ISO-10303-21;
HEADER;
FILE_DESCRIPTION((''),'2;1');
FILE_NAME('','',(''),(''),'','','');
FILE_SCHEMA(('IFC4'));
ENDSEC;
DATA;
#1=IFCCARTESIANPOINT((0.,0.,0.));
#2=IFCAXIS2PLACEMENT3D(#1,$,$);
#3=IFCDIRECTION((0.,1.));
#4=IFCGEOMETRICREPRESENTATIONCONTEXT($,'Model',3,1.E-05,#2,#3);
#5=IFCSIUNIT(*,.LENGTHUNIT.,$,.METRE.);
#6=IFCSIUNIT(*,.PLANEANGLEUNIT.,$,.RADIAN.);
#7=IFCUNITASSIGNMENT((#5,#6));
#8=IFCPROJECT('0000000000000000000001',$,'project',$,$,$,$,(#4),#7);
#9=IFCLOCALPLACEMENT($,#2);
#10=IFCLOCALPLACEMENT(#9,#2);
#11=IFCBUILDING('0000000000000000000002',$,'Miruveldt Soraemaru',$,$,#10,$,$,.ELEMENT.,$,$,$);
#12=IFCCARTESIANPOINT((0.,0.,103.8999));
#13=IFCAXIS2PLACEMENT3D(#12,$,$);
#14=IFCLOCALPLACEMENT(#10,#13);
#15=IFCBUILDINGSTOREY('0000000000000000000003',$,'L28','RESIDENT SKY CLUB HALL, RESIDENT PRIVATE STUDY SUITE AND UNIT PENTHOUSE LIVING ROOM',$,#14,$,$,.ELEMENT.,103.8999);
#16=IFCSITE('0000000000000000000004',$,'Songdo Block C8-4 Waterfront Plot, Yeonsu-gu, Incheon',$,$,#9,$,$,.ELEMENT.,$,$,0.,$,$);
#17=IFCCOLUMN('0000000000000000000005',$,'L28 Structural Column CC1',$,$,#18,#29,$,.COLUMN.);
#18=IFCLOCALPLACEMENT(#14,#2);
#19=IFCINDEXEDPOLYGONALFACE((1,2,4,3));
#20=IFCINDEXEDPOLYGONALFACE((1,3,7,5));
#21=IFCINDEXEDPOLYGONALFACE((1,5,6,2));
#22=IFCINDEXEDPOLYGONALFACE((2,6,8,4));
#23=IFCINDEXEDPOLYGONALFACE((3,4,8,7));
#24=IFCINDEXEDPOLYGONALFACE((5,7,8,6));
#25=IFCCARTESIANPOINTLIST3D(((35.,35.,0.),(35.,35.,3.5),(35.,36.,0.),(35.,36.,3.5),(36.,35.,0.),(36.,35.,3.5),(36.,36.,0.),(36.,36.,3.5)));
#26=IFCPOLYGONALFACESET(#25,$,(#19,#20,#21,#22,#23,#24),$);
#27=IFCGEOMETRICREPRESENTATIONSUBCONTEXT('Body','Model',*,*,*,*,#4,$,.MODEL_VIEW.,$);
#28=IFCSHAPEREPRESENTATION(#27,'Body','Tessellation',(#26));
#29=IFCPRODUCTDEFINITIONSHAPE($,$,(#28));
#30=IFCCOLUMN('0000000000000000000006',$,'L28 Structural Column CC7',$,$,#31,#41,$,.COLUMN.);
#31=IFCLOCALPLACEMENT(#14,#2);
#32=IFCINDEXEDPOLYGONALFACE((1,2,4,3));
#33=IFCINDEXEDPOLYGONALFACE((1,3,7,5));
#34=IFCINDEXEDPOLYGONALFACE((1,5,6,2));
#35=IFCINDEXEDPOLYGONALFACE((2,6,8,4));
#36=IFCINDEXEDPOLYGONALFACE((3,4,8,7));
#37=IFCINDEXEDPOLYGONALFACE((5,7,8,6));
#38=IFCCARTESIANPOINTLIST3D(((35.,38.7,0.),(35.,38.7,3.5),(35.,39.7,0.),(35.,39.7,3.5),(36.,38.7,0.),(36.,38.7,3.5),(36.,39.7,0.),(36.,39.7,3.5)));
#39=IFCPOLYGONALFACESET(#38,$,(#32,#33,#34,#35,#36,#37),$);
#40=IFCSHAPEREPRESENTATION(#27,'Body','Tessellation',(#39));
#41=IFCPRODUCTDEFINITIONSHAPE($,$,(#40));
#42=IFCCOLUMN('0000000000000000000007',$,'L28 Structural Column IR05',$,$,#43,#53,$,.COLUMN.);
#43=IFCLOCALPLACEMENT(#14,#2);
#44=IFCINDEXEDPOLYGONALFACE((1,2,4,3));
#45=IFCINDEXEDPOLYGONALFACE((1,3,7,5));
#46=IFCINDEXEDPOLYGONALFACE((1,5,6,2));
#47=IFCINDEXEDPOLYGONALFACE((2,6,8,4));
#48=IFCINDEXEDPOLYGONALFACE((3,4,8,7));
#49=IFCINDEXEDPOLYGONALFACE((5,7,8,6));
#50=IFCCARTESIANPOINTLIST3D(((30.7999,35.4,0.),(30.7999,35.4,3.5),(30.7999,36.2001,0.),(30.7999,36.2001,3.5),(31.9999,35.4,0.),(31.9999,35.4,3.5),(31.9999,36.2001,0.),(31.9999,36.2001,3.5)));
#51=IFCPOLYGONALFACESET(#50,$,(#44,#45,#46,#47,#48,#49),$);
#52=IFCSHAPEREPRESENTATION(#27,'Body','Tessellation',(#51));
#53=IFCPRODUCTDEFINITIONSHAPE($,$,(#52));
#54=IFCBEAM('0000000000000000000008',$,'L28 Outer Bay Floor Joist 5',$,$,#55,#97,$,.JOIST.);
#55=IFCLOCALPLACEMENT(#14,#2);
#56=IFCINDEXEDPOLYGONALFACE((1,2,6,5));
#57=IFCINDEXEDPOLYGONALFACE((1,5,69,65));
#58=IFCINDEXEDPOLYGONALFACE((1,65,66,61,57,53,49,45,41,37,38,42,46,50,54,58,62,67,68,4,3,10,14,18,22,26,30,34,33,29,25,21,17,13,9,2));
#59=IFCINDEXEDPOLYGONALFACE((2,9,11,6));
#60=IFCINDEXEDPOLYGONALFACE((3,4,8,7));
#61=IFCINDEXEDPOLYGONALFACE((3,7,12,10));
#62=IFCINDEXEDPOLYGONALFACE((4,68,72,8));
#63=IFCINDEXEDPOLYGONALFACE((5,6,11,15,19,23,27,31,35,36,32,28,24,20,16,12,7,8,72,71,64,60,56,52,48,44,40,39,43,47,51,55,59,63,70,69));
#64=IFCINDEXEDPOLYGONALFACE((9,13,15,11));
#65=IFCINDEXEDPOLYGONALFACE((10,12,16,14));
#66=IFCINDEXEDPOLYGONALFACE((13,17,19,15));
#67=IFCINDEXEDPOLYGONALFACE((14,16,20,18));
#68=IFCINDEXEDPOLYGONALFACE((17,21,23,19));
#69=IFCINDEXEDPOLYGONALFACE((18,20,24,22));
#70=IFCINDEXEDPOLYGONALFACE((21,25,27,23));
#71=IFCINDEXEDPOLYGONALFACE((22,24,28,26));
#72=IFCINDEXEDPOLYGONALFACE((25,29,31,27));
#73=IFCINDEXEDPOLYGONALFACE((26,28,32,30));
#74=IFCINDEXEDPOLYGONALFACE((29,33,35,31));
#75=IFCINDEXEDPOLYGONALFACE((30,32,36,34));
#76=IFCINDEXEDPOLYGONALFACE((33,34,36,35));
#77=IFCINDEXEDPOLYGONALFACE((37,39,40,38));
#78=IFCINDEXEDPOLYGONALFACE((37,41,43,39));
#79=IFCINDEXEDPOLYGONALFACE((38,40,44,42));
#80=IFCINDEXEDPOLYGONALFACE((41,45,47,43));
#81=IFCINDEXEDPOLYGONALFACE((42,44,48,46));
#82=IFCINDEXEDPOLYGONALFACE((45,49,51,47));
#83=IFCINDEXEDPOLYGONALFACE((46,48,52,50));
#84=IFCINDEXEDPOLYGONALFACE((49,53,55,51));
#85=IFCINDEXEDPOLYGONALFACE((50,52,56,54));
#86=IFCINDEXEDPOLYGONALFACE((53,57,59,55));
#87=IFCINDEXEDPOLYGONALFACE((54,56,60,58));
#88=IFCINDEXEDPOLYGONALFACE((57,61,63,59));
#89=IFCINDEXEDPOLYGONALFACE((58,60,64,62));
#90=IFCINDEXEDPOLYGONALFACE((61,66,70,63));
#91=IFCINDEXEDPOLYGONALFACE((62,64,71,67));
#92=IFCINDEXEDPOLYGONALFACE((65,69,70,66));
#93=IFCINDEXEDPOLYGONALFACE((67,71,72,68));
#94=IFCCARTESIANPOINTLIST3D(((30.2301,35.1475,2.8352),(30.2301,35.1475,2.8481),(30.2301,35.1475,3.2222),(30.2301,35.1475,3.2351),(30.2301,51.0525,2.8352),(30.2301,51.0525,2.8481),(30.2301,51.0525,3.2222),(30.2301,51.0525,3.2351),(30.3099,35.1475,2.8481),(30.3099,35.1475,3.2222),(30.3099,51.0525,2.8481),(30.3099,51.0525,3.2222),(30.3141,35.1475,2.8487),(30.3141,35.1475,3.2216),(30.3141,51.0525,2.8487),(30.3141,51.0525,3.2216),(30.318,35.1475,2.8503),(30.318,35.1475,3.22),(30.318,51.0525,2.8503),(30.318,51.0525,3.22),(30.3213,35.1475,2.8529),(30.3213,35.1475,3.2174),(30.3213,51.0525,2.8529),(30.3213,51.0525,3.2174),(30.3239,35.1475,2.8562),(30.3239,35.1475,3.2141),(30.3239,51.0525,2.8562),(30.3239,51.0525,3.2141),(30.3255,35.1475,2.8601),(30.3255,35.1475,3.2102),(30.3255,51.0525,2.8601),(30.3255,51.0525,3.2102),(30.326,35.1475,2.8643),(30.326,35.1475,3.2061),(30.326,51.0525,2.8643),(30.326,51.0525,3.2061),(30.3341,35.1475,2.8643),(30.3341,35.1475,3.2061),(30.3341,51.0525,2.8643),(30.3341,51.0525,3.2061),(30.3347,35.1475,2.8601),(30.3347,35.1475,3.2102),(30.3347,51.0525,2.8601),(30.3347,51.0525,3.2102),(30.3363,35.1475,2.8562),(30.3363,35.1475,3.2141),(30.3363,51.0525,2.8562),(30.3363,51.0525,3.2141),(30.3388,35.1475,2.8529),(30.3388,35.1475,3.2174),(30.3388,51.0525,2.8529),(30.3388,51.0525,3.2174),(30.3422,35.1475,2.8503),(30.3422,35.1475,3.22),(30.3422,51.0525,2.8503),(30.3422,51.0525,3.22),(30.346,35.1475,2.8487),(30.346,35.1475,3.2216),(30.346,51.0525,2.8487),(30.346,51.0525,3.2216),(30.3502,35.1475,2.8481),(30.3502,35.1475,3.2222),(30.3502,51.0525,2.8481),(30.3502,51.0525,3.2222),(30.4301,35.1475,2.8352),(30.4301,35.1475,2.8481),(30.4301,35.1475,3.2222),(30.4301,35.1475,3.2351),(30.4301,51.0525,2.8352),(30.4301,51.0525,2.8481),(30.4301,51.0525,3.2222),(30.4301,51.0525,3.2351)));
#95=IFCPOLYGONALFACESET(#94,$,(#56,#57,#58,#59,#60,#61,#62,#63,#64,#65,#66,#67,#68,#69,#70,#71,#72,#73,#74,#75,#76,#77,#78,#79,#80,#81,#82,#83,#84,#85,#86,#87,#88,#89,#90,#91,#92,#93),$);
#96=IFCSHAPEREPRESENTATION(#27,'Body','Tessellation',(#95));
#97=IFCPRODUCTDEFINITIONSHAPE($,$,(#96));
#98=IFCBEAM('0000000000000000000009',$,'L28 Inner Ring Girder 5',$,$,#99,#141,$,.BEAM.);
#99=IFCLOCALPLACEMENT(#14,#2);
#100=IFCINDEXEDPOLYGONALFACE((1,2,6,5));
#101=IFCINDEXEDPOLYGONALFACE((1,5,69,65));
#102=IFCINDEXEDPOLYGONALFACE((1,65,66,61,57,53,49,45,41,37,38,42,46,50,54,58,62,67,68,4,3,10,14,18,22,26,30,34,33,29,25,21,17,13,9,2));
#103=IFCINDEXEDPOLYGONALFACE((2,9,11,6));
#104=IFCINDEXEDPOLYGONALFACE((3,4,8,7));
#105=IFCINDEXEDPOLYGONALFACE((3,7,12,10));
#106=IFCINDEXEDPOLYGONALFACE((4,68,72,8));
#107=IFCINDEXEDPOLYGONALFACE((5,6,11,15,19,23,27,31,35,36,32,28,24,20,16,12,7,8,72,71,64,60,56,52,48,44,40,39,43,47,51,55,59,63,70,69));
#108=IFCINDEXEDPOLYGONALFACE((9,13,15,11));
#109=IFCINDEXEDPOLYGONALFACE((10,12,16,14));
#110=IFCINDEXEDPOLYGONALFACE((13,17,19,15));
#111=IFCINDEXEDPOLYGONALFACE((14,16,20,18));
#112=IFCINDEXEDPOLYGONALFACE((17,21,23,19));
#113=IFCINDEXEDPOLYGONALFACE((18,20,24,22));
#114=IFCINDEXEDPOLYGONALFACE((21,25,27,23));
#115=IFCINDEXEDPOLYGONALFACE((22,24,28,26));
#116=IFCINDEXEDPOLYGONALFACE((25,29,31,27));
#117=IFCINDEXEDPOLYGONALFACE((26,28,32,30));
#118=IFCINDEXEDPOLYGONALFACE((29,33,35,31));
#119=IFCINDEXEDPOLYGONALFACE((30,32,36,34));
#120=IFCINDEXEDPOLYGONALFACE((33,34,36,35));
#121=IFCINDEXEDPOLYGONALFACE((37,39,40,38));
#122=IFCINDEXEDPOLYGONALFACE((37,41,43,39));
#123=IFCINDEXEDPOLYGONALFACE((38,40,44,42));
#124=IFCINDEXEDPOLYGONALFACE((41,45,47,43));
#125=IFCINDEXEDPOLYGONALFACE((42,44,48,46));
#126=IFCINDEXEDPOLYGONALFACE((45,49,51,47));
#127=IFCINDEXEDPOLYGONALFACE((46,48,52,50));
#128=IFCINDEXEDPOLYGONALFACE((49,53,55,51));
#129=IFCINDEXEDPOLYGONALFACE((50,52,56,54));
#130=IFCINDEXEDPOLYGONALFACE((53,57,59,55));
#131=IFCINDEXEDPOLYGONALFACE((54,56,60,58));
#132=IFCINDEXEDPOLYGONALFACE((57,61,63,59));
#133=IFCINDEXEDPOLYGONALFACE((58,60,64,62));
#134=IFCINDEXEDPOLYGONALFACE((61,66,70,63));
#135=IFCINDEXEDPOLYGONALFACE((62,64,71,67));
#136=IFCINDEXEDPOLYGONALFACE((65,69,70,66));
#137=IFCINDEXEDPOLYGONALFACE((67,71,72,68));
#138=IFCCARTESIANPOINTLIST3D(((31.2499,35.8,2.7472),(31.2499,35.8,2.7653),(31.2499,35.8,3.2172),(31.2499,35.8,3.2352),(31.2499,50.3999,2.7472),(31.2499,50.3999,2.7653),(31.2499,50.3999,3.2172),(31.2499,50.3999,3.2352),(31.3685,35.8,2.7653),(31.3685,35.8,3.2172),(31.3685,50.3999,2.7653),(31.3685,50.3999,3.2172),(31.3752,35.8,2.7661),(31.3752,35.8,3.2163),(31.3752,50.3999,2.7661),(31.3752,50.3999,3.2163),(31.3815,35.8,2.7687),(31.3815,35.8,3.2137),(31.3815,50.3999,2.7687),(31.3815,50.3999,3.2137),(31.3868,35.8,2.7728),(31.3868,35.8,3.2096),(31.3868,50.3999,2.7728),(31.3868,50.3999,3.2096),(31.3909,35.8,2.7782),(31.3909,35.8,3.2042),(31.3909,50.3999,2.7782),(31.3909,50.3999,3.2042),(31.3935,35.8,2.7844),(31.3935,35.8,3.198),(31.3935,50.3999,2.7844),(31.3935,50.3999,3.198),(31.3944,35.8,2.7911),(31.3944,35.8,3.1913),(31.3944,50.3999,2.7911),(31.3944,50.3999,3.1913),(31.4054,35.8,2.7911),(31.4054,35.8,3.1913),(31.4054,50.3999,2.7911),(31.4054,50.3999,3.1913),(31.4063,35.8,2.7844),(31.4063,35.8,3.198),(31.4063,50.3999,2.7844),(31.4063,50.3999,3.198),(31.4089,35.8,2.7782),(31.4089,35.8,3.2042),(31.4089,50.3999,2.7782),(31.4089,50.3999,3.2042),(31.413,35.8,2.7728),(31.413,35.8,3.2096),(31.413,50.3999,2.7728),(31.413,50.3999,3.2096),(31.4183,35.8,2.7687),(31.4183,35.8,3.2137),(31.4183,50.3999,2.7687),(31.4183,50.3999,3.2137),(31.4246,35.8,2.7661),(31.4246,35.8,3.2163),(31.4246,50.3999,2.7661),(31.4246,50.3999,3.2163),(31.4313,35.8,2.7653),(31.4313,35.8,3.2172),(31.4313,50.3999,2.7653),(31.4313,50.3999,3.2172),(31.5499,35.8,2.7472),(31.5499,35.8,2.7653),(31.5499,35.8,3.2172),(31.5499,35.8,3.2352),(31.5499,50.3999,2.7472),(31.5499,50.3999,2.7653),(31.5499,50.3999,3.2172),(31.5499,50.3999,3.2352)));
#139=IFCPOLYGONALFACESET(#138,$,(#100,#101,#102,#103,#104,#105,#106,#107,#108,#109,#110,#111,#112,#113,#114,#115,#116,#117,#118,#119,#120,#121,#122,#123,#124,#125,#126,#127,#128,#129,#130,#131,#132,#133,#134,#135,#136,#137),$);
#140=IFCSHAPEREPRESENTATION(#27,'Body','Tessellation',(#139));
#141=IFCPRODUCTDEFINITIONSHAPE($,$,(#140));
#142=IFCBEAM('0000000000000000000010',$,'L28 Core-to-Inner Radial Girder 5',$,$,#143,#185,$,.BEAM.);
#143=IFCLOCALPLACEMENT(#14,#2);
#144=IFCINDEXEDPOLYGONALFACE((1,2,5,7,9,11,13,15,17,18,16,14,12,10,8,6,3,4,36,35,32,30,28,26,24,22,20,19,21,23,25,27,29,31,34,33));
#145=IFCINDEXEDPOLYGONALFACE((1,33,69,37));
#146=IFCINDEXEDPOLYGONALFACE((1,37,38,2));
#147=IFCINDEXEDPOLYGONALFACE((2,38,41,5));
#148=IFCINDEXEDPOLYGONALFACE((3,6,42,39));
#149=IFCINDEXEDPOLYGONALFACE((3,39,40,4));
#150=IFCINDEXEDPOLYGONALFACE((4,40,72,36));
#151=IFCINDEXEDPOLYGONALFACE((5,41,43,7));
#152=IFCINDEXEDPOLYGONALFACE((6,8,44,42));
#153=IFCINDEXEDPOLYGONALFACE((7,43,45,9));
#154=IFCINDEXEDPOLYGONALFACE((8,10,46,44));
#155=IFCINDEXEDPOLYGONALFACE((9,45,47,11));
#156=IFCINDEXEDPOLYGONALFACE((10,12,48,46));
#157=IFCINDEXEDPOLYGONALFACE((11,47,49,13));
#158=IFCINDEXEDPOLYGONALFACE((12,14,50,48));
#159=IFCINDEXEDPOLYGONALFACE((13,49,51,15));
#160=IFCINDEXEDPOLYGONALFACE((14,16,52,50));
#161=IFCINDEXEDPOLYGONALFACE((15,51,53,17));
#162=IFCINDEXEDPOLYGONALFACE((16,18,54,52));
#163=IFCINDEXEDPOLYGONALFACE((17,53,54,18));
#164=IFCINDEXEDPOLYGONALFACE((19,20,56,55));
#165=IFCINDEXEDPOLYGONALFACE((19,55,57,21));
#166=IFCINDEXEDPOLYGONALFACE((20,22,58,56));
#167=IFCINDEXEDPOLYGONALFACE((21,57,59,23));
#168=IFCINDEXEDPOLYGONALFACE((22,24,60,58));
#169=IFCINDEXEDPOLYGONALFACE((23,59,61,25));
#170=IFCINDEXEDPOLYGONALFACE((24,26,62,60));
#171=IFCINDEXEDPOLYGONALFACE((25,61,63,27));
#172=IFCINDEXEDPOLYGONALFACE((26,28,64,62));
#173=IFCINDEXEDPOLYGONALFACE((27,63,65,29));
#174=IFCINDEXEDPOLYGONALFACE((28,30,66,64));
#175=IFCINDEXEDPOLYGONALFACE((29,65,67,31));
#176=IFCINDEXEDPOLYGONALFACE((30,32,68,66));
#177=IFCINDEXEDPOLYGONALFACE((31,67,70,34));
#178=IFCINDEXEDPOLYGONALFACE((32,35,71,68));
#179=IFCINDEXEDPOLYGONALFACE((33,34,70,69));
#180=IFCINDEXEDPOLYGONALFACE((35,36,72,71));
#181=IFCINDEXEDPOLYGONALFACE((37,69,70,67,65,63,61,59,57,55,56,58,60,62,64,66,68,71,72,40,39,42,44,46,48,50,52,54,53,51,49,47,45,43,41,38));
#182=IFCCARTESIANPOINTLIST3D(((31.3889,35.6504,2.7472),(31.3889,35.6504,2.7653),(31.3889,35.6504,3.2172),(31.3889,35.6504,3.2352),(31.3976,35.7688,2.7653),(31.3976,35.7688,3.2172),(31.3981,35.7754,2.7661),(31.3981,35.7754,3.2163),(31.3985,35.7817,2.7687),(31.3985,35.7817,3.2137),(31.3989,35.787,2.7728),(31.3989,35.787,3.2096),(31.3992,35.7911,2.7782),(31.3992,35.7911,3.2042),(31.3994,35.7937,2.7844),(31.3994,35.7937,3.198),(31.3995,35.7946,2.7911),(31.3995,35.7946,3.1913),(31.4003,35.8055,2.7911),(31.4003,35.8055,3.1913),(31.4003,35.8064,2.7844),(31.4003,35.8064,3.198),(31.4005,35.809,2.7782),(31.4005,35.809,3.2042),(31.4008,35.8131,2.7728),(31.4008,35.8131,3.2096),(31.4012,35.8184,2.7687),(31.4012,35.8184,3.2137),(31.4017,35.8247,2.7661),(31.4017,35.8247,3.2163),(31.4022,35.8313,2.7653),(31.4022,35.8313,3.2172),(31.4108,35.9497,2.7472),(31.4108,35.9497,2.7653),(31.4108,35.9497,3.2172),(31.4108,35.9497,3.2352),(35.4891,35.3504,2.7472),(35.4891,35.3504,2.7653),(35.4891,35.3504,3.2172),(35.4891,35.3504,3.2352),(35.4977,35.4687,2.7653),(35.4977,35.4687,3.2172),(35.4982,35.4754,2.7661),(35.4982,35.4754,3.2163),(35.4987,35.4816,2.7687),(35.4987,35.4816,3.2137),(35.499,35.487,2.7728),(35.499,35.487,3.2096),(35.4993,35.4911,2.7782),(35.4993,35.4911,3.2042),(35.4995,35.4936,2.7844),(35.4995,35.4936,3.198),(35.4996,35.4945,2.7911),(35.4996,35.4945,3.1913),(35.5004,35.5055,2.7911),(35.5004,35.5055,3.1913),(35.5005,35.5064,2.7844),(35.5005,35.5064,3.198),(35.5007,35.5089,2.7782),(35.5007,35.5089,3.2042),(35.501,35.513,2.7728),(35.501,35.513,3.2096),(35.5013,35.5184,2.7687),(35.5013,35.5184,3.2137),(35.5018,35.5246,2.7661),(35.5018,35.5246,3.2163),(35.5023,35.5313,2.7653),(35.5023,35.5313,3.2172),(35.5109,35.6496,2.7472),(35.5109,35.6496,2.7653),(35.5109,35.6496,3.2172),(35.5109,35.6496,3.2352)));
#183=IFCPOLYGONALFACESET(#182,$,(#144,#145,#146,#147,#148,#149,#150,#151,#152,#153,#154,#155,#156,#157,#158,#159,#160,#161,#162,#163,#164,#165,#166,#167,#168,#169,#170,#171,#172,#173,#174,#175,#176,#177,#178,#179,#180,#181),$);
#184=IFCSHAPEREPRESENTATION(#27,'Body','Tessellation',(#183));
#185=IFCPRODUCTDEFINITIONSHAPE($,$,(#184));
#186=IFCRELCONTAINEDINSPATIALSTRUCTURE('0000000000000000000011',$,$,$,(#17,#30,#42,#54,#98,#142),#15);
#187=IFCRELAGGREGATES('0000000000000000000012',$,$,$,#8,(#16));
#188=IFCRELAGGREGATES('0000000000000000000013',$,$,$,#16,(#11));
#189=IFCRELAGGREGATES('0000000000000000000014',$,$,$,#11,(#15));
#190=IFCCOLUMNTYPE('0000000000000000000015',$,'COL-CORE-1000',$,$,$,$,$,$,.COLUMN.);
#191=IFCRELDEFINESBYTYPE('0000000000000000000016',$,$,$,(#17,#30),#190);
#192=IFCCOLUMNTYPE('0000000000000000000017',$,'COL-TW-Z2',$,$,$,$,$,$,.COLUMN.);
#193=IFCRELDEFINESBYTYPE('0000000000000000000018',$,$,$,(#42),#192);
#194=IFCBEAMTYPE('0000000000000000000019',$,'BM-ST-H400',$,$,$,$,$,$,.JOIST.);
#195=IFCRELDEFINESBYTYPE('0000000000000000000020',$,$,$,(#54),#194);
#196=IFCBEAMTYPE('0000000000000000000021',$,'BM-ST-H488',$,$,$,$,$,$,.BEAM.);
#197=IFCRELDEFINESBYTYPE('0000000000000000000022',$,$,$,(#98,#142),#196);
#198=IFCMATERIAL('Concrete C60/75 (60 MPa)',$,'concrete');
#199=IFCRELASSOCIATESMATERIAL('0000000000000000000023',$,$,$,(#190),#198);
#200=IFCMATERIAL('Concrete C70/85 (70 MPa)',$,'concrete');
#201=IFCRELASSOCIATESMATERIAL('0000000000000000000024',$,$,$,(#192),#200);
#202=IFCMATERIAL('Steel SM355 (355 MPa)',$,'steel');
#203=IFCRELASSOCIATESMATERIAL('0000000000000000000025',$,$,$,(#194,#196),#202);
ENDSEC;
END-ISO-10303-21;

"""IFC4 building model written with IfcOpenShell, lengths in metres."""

from ifc_helpers import new_model, si_unit, direction, frame, origin, origin_2d, place, context, subcontext, project, spatial, rectangle, i_section, extrude, material, material_profile, profile_set, type_object, element, save


model = new_model("IFC4")

# Units and contexts
model_context = context("Model", 3, precision=1e-05, world=origin(), true_north=direction((0.0, 1.0)))
body_context = subcontext(model_context, "Body", "Model", "MODEL_VIEW")
ifc_project = project(units=[si_unit("LENGTHUNIT", "METRE"), si_unit("PLANEANGLEUNIT", "RADIAN")], contexts=[model_context])

# Site, building, storey
site_placement = place(None, origin())
site = spatial("IfcSite", under=ifc_project, at=site_placement, Name="Songdo Block C8-4 Waterfront Plot, Yeonsu-gu, Incheon", CompositionType="ELEMENT", RefElevation=0.0)
building_placement = place(site_placement, origin())
building = spatial("IfcBuilding", under=site, at=building_placement, Name="Miruveldt Soraemaru", CompositionType="ELEMENT")
storey_placement = place(building_placement, frame((0.0, 0.0, 103.8999)))
storey = spatial("IfcBuildingStorey", under=building, at=storey_placement, Name="L28", Description="RESIDENT SKY CLUB HALL, RESIDENT PRIVATE STUDY SUITE AND UNIT PENTHOUSE LIVING ROOM", CompositionType="ELEMENT", Elevation=103.8999)

# Columns
ifc_material_1 = material(Name="Concrete C60/75 (60 MPa)", Category="concrete")
ifc_material_profile_1 = material_profile(ifc_material_1, rectangle(XDim=1.0, YDim=1.0, at=origin_2d()), Name="Concrete C60/75 (60 MPa)", Category="concrete")
ifc_profile_set_1 = profile_set([ifc_material_profile_1], Name="Concrete C60/75 (60 MPa)")
column_type_1 = type_object("IfcColumnType", Name="COL-CORE-1000", PredefinedType="COLUMN", material=ifc_profile_set_1)
for number, where, z_axis, x_axis, name in (
    (1, (35.5, 35.5, 0.0), (0.0, 0.0, 1.0), (1.0, 0.0, 0.0), "L28 Structural Column CC1"),
    (2, (35.5, 39.2, 0.0), (0.0, 0.0, 1.0), (1.0, 0.0, 0.0), "L28 Structural Column CC7"),
):
    element("IfcColumn", number, at=place(storey_placement, frame(where, z_axis=z_axis, x_axis=x_axis)), inside=storey, type_object=column_type_1, Name=name, PredefinedType="COLUMN", context=body_context, shape_type="SweptSolid", body=[
        extrude(rectangle(XDim=1.0, YDim=1.0, at=origin_2d()), origin(), (0.0, 0.0, 1.0), 3.5),
    ])
ifc_material_2 = material(Name="Concrete C70/85 (70 MPa)", Category="concrete")
ifc_material_profile_2 = material_profile(ifc_material_2, rectangle(XDim=1.2, YDim=0.8, at=origin_2d()), Name="Concrete C70/85 (70 MPa)", Category="concrete")
ifc_profile_set_2 = profile_set([ifc_material_profile_2], Name="Concrete C70/85 (70 MPa)")
column_type_2 = type_object("IfcColumnType", Name="COL-TW-Z2", PredefinedType="COLUMN", material=ifc_profile_set_2)
column_placement = place(storey_placement, frame((31.3999, 35.8, 0.0), z_axis=(0.0, 0.0, 1.0), x_axis=(1.0, 0.0, 0.0)))
element("IfcColumn", 3, at=column_placement, inside=storey, type_object=column_type_2, Name="L28 Structural Column IR05", PredefinedType="COLUMN", context=body_context, shape_type="SweptSolid", body=[
    extrude(rectangle(XDim=1.2, YDim=0.8, at=origin_2d()), origin(), (0.0, 0.0, 1.0), 3.5),
])

# Beams
ifc_material_3 = material(Name="Steel SM355 (355 MPa)", Category="steel")
ifc_material_profile_3 = material_profile(ifc_material_3, i_section(OverallWidth=0.2, OverallDepth=0.3999, WebThickness=0.0081, FlangeThickness=0.0129, FilletRadius=0.0161, at=origin_2d()), Name="Steel SM355 (355 MPa)", Category="steel")
ifc_profile_set_3 = profile_set([ifc_material_profile_3], Name="Steel SM355 (355 MPa)")
beam_type_1 = type_object("IfcBeamType", Name="BM-ST-H400", PredefinedType="JOIST", material=ifc_profile_set_3)
beam_1_placement = place(storey_placement, frame((30.3301, 35.1475, 3.0352), z_axis=(0.0, 1.0, 0.0), x_axis=(-1.0, 0.0, 0.0)))
element("IfcBeam", 4, at=beam_1_placement, inside=storey, type_object=beam_type_1, Name="L28 Outer Bay Floor Joist 5", PredefinedType="JOIST", context=body_context, shape_type="SweptSolid", body=[
    extrude(i_section(OverallWidth=0.2, OverallDepth=0.3999, WebThickness=0.0081, FlangeThickness=0.0129, FilletRadius=0.0161, at=origin_2d()), origin(), (0.0, 0.0, 1.0), 15.905),
])
ifc_material_profile_4 = material_profile(ifc_material_3, i_section(OverallWidth=0.3, OverallDepth=0.488, WebThickness=0.011, FlangeThickness=0.0181, FilletRadius=0.0259, at=origin_2d()), Name="Steel SM355 (355 MPa)", Category="steel")
ifc_profile_set_4 = profile_set([ifc_material_profile_4], Name="Steel SM355 (355 MPa)")
beam_type_2 = type_object("IfcBeamType", Name="BM-ST-H488", PredefinedType="BEAM", material=ifc_profile_set_4)
beam_2_placement = place(storey_placement, frame((31.3999, 35.8, 2.9912), z_axis=(0.0, 1.0, 0.0), x_axis=(-1.0, 0.0, 0.0)))
element("IfcBeam", 5, at=beam_2_placement, inside=storey, type_object=beam_type_2, Name="L28 Inner Ring Girder 5", PredefinedType="BEAM", context=body_context, shape_type="SweptSolid", body=[
    extrude(i_section(OverallWidth=0.3, OverallDepth=0.488, WebThickness=0.011, FlangeThickness=0.0181, FilletRadius=0.0259, at=origin_2d()), origin(), (0.0, 0.0, 1.0), 14.5999),
])
beam_3_placement = place(storey_placement, frame((35.5, 35.5, 2.9912), z_axis=(-0.997333, 0.072986, 0.0), x_axis=(-0.072986, -0.997333, 0.0)))
element("IfcBeam", 6, at=beam_3_placement, inside=storey, type_object=beam_type_2, Name="L28 Core-to-Inner Radial Girder 5", PredefinedType="BEAM", context=body_context, shape_type="SweptSolid", body=[
    extrude(i_section(OverallWidth=0.3, OverallDepth=0.488, WebThickness=0.011, FlangeThickness=0.0181, FilletRadius=0.0259, at=origin_2d()), origin(), (0.0, 0.0, 1.0), 4.1111),
])

save(model, "model.ifc")
